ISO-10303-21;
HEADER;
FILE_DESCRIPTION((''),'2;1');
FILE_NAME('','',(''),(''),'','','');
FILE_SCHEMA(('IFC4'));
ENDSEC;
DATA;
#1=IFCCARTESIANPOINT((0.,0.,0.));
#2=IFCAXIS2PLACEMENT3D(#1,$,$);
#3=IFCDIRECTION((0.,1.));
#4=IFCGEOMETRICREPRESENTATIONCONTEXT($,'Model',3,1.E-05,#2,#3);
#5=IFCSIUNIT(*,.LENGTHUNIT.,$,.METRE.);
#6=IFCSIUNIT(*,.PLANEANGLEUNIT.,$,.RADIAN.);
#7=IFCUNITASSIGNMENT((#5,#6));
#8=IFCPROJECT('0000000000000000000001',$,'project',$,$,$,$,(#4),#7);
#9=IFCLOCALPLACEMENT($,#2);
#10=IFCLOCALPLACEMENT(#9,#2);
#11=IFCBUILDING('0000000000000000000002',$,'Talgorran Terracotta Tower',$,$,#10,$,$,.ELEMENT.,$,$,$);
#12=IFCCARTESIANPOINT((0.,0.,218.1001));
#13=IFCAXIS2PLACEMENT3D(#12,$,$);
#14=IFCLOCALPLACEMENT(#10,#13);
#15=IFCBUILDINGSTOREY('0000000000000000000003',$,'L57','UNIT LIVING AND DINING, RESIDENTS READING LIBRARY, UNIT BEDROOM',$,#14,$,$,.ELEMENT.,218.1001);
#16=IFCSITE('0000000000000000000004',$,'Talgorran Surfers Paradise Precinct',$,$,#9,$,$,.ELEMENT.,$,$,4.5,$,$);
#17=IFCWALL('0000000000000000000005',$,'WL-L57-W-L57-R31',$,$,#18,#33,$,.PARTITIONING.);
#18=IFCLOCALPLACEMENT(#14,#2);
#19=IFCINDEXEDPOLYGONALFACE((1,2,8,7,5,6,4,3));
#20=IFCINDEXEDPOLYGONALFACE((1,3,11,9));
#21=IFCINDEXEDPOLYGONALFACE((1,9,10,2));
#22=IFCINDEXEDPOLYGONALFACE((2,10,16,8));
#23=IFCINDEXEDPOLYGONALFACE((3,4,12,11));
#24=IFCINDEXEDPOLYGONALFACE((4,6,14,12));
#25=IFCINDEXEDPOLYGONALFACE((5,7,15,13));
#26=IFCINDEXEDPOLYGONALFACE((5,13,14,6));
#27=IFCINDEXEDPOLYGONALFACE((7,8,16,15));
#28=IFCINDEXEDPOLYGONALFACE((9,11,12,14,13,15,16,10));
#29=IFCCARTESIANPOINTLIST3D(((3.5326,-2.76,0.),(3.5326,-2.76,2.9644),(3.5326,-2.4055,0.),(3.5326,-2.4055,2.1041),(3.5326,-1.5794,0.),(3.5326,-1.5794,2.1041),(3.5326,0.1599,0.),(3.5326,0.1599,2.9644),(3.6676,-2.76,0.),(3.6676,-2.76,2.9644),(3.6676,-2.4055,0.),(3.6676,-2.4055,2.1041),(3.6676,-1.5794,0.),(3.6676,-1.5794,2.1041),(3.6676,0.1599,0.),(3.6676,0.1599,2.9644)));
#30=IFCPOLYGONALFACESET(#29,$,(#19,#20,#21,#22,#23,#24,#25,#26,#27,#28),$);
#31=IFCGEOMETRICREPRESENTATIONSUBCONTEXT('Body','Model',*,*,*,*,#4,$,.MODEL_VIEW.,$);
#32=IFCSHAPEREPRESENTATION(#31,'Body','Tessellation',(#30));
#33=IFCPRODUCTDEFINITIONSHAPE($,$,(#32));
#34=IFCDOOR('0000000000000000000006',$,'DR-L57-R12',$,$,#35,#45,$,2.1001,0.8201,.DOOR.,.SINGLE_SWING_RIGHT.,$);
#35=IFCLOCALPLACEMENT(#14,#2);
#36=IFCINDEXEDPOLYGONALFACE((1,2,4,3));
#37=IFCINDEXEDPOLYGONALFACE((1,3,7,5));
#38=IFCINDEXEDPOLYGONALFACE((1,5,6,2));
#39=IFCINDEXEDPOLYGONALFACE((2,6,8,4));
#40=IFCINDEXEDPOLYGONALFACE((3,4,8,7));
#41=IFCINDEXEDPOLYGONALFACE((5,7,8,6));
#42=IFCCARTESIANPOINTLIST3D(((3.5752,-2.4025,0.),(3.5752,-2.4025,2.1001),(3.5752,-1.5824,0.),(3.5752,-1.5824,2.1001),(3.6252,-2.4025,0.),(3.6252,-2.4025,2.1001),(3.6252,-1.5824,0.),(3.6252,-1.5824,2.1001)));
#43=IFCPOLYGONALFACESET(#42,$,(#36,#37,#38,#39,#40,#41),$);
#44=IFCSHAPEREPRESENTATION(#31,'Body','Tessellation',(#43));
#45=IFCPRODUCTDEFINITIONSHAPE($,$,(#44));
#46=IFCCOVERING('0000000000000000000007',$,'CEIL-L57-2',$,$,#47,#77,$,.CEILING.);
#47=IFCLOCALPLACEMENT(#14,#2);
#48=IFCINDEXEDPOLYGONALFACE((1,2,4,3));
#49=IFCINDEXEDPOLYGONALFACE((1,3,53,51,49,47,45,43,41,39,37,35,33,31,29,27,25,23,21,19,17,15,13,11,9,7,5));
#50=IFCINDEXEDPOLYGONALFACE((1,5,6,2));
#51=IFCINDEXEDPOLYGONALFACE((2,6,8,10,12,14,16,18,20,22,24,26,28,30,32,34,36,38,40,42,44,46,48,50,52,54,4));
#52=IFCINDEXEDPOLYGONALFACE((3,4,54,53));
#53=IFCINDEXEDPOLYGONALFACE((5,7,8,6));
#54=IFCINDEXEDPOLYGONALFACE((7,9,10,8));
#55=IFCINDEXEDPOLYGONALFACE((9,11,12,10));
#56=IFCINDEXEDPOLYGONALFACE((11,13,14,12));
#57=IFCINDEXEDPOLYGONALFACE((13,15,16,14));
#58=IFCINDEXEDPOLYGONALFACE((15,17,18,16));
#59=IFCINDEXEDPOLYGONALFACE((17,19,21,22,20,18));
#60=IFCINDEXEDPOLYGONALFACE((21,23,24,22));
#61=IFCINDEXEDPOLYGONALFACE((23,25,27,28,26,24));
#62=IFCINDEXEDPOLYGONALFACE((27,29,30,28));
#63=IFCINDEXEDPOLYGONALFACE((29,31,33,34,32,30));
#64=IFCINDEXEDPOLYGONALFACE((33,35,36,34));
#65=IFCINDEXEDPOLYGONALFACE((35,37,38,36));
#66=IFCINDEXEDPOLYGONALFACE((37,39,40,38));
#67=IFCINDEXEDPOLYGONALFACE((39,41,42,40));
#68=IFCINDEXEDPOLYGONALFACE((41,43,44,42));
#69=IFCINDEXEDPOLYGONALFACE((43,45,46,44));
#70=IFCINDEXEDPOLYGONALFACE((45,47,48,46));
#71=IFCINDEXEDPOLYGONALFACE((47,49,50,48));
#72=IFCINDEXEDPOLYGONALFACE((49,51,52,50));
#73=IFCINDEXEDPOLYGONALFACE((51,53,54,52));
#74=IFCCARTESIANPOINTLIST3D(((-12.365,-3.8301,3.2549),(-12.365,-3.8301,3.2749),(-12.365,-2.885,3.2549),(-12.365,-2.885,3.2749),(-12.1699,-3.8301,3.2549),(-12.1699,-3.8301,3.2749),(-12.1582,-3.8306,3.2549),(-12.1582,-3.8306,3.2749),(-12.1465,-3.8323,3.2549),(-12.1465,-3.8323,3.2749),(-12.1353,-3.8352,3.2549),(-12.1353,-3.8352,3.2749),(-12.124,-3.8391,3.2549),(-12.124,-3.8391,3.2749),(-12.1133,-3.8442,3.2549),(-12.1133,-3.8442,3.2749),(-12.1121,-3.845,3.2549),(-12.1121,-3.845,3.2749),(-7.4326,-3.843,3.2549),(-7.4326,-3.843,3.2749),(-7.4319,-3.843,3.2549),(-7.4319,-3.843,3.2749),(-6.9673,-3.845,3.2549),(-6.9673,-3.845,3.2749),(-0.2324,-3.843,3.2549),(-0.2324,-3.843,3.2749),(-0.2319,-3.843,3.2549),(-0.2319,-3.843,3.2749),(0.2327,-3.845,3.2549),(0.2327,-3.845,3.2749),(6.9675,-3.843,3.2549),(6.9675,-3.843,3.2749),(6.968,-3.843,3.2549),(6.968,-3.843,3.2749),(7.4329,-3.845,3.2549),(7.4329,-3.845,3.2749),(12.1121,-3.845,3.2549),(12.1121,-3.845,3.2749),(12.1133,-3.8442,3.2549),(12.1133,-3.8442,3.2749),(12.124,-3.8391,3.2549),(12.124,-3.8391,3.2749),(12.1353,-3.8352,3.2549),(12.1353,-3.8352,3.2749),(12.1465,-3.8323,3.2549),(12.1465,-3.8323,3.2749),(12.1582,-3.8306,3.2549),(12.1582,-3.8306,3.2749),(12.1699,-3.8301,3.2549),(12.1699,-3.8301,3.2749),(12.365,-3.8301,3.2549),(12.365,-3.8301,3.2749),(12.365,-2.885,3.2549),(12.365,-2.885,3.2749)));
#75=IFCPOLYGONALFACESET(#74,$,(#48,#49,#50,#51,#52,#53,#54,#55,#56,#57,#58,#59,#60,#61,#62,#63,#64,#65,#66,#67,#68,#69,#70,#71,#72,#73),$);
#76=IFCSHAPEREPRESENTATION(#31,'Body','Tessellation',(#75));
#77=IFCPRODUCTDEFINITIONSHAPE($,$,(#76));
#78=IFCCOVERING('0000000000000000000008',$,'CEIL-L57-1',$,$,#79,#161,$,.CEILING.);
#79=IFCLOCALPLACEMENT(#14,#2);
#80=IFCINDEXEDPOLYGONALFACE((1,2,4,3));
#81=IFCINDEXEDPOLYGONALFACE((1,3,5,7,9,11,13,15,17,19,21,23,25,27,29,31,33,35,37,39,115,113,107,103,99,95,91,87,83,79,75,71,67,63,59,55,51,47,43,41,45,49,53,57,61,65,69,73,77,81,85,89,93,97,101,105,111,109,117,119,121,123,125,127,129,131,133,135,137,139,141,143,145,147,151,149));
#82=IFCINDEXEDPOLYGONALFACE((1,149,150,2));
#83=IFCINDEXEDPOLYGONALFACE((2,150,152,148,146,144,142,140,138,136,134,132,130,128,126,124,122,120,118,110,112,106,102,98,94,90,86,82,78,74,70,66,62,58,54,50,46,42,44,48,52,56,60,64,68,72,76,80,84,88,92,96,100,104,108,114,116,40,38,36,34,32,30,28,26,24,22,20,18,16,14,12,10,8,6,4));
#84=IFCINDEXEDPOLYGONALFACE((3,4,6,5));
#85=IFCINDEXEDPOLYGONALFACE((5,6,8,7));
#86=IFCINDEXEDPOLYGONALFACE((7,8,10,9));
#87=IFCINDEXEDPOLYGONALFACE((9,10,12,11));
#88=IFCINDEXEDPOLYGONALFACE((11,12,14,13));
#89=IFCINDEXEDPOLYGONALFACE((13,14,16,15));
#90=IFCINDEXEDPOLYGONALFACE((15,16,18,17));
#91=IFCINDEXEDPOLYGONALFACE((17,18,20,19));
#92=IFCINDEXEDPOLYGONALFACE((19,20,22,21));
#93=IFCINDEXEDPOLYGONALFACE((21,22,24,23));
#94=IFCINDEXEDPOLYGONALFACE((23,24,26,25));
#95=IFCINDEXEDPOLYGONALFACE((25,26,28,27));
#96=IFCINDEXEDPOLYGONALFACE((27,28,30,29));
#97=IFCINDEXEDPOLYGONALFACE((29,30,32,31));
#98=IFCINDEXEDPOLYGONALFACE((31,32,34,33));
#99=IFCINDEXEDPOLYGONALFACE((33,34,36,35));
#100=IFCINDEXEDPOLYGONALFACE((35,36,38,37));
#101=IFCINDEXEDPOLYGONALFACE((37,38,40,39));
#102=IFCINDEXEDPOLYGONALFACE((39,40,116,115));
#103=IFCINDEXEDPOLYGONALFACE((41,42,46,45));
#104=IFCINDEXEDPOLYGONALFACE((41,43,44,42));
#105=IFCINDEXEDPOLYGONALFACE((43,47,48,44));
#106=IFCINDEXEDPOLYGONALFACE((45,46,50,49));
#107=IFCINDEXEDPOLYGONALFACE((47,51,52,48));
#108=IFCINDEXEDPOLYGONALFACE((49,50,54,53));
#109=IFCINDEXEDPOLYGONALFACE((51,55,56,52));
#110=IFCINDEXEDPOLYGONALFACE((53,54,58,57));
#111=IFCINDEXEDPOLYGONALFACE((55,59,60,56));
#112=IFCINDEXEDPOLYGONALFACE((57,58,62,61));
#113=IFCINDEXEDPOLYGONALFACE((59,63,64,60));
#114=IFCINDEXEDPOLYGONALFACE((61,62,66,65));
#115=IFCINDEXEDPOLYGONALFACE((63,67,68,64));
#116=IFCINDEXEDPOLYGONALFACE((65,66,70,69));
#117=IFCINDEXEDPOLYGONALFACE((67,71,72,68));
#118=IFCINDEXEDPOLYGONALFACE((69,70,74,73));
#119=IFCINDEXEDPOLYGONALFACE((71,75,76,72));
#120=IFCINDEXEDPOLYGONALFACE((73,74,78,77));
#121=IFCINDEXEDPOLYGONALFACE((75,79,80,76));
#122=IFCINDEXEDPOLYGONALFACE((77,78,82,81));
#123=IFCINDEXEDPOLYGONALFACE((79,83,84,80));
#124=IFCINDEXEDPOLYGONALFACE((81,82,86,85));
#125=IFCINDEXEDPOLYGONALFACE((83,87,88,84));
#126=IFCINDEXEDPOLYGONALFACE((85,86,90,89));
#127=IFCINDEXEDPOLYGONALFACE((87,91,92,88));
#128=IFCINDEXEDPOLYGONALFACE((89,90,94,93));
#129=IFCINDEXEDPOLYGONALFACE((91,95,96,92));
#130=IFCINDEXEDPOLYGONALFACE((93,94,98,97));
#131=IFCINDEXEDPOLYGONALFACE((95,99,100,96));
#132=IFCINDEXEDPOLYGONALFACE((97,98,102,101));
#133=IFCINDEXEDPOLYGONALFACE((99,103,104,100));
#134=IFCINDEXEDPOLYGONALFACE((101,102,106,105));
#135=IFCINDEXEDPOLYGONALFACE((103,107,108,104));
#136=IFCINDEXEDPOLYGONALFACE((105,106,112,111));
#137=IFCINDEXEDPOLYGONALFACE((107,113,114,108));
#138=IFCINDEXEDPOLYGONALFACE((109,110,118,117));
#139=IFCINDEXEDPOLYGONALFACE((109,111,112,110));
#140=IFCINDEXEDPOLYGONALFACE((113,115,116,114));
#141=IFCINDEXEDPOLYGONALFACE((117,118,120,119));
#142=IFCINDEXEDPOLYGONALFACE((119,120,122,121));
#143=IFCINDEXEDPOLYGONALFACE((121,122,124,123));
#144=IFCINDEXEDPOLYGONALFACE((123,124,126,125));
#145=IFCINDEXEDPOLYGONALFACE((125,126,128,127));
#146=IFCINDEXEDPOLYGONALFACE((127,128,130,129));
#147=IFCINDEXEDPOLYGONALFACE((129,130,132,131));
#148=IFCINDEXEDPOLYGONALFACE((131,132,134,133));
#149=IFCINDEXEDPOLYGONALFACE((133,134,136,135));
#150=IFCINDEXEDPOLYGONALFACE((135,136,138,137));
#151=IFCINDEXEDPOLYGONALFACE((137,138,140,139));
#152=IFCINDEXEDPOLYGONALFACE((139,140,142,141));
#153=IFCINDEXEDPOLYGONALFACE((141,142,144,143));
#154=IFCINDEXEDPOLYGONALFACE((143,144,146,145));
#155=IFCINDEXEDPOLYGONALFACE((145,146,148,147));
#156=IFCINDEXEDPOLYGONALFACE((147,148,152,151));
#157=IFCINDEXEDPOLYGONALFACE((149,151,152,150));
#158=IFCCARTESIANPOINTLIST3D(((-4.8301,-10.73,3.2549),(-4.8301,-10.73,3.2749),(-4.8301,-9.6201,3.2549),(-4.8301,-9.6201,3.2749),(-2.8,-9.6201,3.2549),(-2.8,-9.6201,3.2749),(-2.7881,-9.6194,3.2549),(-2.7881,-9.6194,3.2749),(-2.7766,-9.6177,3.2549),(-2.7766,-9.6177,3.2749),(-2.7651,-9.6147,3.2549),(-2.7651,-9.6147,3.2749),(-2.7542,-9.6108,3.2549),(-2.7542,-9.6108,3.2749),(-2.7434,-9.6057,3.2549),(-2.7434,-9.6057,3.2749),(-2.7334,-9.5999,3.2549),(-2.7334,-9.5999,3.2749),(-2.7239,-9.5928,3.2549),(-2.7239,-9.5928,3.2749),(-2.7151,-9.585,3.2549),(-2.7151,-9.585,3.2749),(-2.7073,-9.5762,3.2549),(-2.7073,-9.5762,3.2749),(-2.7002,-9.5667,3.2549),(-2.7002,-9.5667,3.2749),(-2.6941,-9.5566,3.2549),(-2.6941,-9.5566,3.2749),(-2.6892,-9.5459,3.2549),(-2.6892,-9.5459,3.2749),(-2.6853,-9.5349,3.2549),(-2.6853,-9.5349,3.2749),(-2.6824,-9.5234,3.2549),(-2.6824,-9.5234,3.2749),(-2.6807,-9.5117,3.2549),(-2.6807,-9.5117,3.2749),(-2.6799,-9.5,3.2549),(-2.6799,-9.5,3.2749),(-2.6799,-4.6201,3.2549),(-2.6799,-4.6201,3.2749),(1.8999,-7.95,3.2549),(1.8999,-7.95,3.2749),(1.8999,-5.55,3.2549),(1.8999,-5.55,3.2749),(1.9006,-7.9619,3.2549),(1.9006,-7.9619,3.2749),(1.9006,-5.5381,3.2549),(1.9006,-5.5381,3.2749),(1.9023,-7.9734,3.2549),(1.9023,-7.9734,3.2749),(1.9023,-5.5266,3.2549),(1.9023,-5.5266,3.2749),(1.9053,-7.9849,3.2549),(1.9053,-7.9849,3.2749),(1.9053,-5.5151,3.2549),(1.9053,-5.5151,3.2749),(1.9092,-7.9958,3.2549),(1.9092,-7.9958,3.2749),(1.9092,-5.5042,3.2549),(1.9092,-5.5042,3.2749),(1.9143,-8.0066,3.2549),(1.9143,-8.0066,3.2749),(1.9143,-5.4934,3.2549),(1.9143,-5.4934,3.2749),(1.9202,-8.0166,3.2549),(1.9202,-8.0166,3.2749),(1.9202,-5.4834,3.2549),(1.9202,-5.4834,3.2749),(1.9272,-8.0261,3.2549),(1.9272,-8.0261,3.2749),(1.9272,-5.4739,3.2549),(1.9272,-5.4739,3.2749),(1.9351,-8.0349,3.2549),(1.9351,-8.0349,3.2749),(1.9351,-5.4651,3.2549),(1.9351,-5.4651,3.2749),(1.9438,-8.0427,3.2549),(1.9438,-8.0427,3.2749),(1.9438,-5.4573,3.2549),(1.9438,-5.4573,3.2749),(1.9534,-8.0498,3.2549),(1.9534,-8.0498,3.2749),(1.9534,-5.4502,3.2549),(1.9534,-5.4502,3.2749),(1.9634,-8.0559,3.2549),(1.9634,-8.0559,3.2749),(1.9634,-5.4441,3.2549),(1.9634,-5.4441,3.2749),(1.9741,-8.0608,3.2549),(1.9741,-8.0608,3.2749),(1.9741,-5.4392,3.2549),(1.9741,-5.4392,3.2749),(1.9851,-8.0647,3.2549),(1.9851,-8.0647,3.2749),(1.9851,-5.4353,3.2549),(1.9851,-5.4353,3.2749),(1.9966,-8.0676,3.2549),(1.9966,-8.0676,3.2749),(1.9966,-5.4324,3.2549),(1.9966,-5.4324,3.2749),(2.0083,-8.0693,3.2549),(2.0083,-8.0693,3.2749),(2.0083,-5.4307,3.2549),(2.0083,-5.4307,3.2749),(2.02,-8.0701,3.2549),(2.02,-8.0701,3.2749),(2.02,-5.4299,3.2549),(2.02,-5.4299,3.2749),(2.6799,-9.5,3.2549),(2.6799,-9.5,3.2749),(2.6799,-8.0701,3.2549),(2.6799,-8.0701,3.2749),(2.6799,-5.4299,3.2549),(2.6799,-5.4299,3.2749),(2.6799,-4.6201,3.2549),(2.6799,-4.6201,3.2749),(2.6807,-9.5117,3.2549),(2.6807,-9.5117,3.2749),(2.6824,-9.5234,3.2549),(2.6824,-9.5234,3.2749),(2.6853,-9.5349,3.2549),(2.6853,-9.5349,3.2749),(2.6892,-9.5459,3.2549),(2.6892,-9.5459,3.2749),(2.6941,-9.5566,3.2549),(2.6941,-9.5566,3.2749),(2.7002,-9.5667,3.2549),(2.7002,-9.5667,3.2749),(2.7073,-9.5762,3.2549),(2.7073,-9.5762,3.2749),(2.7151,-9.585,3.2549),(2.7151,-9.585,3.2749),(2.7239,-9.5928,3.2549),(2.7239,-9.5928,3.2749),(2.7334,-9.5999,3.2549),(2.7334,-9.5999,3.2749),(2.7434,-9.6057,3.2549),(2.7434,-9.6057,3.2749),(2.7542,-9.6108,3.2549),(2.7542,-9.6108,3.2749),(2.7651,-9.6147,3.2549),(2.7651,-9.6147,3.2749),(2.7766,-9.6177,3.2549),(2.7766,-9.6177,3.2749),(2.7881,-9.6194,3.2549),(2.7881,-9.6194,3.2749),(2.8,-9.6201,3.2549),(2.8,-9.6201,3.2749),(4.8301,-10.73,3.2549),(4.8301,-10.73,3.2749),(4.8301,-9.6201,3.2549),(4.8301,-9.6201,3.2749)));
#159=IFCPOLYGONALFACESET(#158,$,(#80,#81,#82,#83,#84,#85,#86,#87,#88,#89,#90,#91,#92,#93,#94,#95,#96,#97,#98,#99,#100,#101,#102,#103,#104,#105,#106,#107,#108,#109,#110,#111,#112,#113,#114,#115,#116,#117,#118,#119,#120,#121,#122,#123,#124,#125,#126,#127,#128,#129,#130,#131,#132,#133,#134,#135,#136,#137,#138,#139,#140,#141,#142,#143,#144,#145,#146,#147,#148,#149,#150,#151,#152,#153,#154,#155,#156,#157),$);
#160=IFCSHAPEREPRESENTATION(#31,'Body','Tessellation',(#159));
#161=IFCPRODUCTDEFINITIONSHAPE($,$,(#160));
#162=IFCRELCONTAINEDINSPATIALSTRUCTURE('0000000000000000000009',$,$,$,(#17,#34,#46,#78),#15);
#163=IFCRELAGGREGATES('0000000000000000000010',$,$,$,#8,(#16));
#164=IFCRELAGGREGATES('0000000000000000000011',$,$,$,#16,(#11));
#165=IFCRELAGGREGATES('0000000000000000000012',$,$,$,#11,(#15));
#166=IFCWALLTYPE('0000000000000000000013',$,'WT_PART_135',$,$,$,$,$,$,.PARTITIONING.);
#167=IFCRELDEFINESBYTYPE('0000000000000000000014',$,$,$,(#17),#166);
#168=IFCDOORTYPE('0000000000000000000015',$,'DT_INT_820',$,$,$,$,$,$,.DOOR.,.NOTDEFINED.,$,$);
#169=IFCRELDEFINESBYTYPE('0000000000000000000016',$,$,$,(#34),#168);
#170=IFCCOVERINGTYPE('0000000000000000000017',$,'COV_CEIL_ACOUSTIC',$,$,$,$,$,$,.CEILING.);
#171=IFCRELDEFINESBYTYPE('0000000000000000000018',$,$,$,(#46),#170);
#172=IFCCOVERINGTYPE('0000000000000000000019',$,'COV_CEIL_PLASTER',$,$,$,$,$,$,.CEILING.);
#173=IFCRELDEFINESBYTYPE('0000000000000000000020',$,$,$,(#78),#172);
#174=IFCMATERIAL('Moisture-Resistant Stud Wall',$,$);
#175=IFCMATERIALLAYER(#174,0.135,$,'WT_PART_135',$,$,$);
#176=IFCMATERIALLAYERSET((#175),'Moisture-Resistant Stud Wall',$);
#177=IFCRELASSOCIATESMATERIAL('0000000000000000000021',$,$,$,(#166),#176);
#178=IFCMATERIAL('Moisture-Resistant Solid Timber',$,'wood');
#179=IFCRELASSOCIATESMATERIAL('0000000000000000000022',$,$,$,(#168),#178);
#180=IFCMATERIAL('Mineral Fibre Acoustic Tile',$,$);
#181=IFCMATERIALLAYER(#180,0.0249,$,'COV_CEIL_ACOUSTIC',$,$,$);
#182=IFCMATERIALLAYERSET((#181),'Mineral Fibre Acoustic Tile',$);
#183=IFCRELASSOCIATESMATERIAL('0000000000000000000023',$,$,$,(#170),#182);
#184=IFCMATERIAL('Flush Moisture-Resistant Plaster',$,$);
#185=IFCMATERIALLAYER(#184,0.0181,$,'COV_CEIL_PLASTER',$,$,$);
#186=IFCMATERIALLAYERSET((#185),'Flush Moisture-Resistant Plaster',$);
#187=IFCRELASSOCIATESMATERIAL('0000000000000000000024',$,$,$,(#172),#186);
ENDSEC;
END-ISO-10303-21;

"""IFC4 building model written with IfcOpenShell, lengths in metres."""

from ifc_helpers import new_model, si_unit, direction, frame, frame_2d, origin, place, context, subcontext, project, spatial, polyline, rectangle, outline, extrude, material, layer, layer_set, type_object, element, fill, save


model = new_model("IFC4")

# Units and contexts
model_context = context("Model", 3, precision=1e-05, world=origin(), true_north=direction((0.0, 1.0)))
body_context = subcontext(model_context, "Body", "Model", "MODEL_VIEW")
ifc_project = project(units=[si_unit("LENGTHUNIT", "METRE"), si_unit("PLANEANGLEUNIT", "RADIAN")], contexts=[model_context])

# Site, building, storey
site_placement = place(None, origin())
site = spatial("IfcSite", under=ifc_project, at=site_placement, Name="Talgorran Surfers Paradise Precinct", CompositionType="ELEMENT", RefElevation=4.5)
building_placement = place(site_placement, origin())
building = spatial("IfcBuilding", under=site, at=building_placement, Name="Talgorran Terracotta Tower", CompositionType="ELEMENT")
storey_placement = place(building_placement, frame((0.0, 0.0, 218.1001)))
storey = spatial("IfcBuildingStorey", under=building, at=storey_placement, Name="L57", Description="UNIT LIVING AND DINING, RESIDENTS READING LIBRARY, UNIT BEDROOM", CompositionType="ELEMENT", Elevation=218.1001)

# Wall, opening, door
ifc_material_1 = material(Name="Moisture-Resistant Stud Wall")
ifc_layer_1 = layer(ifc_material_1, 0.135, Name="WT_PART_135")
ifc_layer_set_1 = layer_set([ifc_layer_1], Name="Moisture-Resistant Stud Wall")
wall_type_1 = type_object("IfcWallType", Name="WT_PART_135", PredefinedType="PARTITIONING", material=ifc_layer_set_1)
wall_1_placement = place(storey_placement, frame((3.6001, -2.76, 0.0), z_axis=(0.0, 0.0, 1.0), x_axis=(0.0, 1.0, 0.0)))
wall_1 = element("IfcWall", 1, at=wall_1_placement, inside=storey, type_object=wall_type_1, Name="WL-L57-W-L57-R31", PredefinedType="PARTITIONING", context=body_context, shape_type="SweptSolid", body=[
    extrude(rectangle(XDim=2.9199, YDim=0.135, at=frame_2d((1.46, 0.0))), origin(), (0.0, 0.0, 1.0), 2.9644),
])
opening_1_placement = place(wall_1_placement, frame((0.3574, 0.0, 0.0)))
opening_1 = element("IfcOpeningElement", 2, at=opening_1_placement, cuts=wall_1, PredefinedType="OPENING", context=body_context, shape_type="SweptSolid", body=[
    extrude(rectangle(XDim=0.8261, YDim=2.1041, at=frame_2d((0.4102, 1.052))), frame((0.0, 0.0776, 0.0), z_axis=(0.0, -1.0, 0.0), x_axis=(1.0, 0.0, 0.0)), (0.0, 0.0, 1.0), 0.155),
])
ifc_material_2 = material(Name="Moisture-Resistant Solid Timber", Category="wood")
door_type_1 = type_object("IfcDoorType", Name="DT_INT_820", OperationType="NOTDEFINED", PredefinedType="DOOR", material=ifc_material_2)
door_1_placement = place(opening_1_placement, origin())
door_1 = element("IfcDoor", 3, at=door_1_placement, inside=storey, type_object=door_type_1, Name="DR-L57-R12", OperationType="SINGLE_SWING_RIGHT", OverallHeight=2.1001, OverallWidth=0.8201, PredefinedType="DOOR", context=body_context, shape_type="SweptSolid", body=[
    extrude(rectangle(XDim=0.8201, YDim=2.1001, at=frame_2d((0.4102, 1.05))), frame((0.0, 0.0249, 0.0), z_axis=(0.0, -1.0, 0.0), x_axis=(1.0, 0.0, 0.0)), (0.0, 0.0, 1.0), 0.05),
])
fill(opening_1, door_1)

# Coverings
ifc_material_3 = material(Name="Mineral Fibre Acoustic Tile")
ifc_layer_2 = layer(ifc_material_3, 0.0249, Name="COV_CEIL_ACOUSTIC")
ifc_layer_set_2 = layer_set([ifc_layer_2], Name="Mineral Fibre Acoustic Tile")
covering_type_1 = type_object("IfcCoveringType", Name="COV_CEIL_ACOUSTIC", PredefinedType="CEILING", material=ifc_layer_set_2)
covering_1_placement = place(storey_placement, frame((0.0, 0.0, 3.2549)))
element("IfcCovering", 4, at=covering_1_placement, inside=storey, type_object=covering_type_1, Name="CEIL-L57-2", PredefinedType="CEILING", context=body_context, shape_type="SweptSolid", body=[
    extrude(outline(polyline([(-12.365, -2.885), (12.365, -2.885), (12.365, -3.8301), (12.1699, -3.8301), (12.1582, -3.8306), (12.1465, -3.8323), (12.1353, -3.8352), (12.124, -3.8391), (12.1133, -3.8442), (12.1121, -3.845), (7.4329, -3.845), (6.968, -3.843), (6.9675, -3.843), (0.2327, -3.845), (-0.2319, -3.843), (-0.2324, -3.843), (-6.9673, -3.845), (-7.4319, -3.843), (-7.4326, -3.843), (-12.1121, -3.845), (-12.1133, -3.8442), (-12.124, -3.8391), (-12.1353, -3.8352), (-12.1465, -3.8323), (-12.1582, -3.8306), (-12.1699, -3.8301), (-12.365, -3.8301), (-12.365, -2.885)])), origin(), (0.0, 0.0, 1.0), 0.02),
])
ifc_material_4 = material(Name="Flush Moisture-Resistant Plaster")
ifc_layer_3 = layer(ifc_material_4, 0.0181, Name="COV_CEIL_PLASTER")
ifc_layer_set_3 = layer_set([ifc_layer_3], Name="Flush Moisture-Resistant Plaster")
covering_type_2 = type_object("IfcCoveringType", Name="COV_CEIL_PLASTER", PredefinedType="CEILING", material=ifc_layer_set_3)
covering_2_placement = place(storey_placement, frame((0.0, 0.0, 3.2549)))
element("IfcCovering", 5, at=covering_2_placement, inside=storey, type_object=covering_type_2, Name="CEIL-L57-1", PredefinedType="CEILING", context=body_context, shape_type="SweptSolid", body=[
    extrude(outline(polyline([(4.8301, -9.6201), (4.8301, -10.73), (-4.8301, -10.73), (-4.8301, -9.6201), (-2.8, -9.6201), (-2.7881, -9.6194), (-2.7766, -9.6177), (-2.7651, -9.6147), (-2.7542, -9.6108), (-2.7434, -9.6057), (-2.7334, -9.5999), (-2.7239, -9.5928), (-2.7151, -9.585), (-2.7073, -9.5762), (-2.7002, -9.5667), (-2.6941, -9.5566), (-2.6892, -9.5459), (-2.6853, -9.5349), (-2.6824, -9.5234), (-2.6807, -9.5117), (-2.6799, -9.5), (-2.6799, -4.6201), (2.6799, -4.6201), (2.6799, -5.4299), (2.02, -5.4299), (2.0083, -5.4307), (1.9966, -5.4324), (1.9851, -5.4353), (1.9741, -5.4392), (1.9634, -5.4441), (1.9534, -5.4502), (1.9438, -5.4573), (1.9351, -5.4651), (1.9272, -5.4739), (1.9202, -5.4834), (1.9143, -5.4934), (1.9092, -5.5042), (1.9053, -5.5151), (1.9023, -5.5266), (1.9006, -5.5381), (1.8999, -5.55), (1.8999, -7.95), (1.9006, -7.9619), (1.9023, -7.9734), (1.9053, -7.9849), (1.9092, -7.9958), (1.9143, -8.0066), (1.9202, -8.0166), (1.9272, -8.0261), (1.9351, -8.0349), (1.9438, -8.0427), (1.9534, -8.0498), (1.9634, -8.0559), (1.9741, -8.0608), (1.9851, -8.0647), (1.9966, -8.0676), (2.0083, -8.0693), (2.02, -8.0701), (2.6799, -8.0701), (2.6799, -9.5), (2.6807, -9.5117), (2.6824, -9.5234), (2.6853, -9.5349), (2.6892, -9.5459), (2.6941, -9.5566), (2.7002, -9.5667), (2.7073, -9.5762), (2.7151, -9.585), (2.7239, -9.5928), (2.7334, -9.5999), (2.7434, -9.6057), (2.7542, -9.6108), (2.7651, -9.6147), (2.7766, -9.6177), (2.7881, -9.6194), (2.8, -9.6201), (4.8301, -9.6201)])), origin(), (0.0, 0.0, 1.0), 0.02),
])

save(model, "model.ifc")
